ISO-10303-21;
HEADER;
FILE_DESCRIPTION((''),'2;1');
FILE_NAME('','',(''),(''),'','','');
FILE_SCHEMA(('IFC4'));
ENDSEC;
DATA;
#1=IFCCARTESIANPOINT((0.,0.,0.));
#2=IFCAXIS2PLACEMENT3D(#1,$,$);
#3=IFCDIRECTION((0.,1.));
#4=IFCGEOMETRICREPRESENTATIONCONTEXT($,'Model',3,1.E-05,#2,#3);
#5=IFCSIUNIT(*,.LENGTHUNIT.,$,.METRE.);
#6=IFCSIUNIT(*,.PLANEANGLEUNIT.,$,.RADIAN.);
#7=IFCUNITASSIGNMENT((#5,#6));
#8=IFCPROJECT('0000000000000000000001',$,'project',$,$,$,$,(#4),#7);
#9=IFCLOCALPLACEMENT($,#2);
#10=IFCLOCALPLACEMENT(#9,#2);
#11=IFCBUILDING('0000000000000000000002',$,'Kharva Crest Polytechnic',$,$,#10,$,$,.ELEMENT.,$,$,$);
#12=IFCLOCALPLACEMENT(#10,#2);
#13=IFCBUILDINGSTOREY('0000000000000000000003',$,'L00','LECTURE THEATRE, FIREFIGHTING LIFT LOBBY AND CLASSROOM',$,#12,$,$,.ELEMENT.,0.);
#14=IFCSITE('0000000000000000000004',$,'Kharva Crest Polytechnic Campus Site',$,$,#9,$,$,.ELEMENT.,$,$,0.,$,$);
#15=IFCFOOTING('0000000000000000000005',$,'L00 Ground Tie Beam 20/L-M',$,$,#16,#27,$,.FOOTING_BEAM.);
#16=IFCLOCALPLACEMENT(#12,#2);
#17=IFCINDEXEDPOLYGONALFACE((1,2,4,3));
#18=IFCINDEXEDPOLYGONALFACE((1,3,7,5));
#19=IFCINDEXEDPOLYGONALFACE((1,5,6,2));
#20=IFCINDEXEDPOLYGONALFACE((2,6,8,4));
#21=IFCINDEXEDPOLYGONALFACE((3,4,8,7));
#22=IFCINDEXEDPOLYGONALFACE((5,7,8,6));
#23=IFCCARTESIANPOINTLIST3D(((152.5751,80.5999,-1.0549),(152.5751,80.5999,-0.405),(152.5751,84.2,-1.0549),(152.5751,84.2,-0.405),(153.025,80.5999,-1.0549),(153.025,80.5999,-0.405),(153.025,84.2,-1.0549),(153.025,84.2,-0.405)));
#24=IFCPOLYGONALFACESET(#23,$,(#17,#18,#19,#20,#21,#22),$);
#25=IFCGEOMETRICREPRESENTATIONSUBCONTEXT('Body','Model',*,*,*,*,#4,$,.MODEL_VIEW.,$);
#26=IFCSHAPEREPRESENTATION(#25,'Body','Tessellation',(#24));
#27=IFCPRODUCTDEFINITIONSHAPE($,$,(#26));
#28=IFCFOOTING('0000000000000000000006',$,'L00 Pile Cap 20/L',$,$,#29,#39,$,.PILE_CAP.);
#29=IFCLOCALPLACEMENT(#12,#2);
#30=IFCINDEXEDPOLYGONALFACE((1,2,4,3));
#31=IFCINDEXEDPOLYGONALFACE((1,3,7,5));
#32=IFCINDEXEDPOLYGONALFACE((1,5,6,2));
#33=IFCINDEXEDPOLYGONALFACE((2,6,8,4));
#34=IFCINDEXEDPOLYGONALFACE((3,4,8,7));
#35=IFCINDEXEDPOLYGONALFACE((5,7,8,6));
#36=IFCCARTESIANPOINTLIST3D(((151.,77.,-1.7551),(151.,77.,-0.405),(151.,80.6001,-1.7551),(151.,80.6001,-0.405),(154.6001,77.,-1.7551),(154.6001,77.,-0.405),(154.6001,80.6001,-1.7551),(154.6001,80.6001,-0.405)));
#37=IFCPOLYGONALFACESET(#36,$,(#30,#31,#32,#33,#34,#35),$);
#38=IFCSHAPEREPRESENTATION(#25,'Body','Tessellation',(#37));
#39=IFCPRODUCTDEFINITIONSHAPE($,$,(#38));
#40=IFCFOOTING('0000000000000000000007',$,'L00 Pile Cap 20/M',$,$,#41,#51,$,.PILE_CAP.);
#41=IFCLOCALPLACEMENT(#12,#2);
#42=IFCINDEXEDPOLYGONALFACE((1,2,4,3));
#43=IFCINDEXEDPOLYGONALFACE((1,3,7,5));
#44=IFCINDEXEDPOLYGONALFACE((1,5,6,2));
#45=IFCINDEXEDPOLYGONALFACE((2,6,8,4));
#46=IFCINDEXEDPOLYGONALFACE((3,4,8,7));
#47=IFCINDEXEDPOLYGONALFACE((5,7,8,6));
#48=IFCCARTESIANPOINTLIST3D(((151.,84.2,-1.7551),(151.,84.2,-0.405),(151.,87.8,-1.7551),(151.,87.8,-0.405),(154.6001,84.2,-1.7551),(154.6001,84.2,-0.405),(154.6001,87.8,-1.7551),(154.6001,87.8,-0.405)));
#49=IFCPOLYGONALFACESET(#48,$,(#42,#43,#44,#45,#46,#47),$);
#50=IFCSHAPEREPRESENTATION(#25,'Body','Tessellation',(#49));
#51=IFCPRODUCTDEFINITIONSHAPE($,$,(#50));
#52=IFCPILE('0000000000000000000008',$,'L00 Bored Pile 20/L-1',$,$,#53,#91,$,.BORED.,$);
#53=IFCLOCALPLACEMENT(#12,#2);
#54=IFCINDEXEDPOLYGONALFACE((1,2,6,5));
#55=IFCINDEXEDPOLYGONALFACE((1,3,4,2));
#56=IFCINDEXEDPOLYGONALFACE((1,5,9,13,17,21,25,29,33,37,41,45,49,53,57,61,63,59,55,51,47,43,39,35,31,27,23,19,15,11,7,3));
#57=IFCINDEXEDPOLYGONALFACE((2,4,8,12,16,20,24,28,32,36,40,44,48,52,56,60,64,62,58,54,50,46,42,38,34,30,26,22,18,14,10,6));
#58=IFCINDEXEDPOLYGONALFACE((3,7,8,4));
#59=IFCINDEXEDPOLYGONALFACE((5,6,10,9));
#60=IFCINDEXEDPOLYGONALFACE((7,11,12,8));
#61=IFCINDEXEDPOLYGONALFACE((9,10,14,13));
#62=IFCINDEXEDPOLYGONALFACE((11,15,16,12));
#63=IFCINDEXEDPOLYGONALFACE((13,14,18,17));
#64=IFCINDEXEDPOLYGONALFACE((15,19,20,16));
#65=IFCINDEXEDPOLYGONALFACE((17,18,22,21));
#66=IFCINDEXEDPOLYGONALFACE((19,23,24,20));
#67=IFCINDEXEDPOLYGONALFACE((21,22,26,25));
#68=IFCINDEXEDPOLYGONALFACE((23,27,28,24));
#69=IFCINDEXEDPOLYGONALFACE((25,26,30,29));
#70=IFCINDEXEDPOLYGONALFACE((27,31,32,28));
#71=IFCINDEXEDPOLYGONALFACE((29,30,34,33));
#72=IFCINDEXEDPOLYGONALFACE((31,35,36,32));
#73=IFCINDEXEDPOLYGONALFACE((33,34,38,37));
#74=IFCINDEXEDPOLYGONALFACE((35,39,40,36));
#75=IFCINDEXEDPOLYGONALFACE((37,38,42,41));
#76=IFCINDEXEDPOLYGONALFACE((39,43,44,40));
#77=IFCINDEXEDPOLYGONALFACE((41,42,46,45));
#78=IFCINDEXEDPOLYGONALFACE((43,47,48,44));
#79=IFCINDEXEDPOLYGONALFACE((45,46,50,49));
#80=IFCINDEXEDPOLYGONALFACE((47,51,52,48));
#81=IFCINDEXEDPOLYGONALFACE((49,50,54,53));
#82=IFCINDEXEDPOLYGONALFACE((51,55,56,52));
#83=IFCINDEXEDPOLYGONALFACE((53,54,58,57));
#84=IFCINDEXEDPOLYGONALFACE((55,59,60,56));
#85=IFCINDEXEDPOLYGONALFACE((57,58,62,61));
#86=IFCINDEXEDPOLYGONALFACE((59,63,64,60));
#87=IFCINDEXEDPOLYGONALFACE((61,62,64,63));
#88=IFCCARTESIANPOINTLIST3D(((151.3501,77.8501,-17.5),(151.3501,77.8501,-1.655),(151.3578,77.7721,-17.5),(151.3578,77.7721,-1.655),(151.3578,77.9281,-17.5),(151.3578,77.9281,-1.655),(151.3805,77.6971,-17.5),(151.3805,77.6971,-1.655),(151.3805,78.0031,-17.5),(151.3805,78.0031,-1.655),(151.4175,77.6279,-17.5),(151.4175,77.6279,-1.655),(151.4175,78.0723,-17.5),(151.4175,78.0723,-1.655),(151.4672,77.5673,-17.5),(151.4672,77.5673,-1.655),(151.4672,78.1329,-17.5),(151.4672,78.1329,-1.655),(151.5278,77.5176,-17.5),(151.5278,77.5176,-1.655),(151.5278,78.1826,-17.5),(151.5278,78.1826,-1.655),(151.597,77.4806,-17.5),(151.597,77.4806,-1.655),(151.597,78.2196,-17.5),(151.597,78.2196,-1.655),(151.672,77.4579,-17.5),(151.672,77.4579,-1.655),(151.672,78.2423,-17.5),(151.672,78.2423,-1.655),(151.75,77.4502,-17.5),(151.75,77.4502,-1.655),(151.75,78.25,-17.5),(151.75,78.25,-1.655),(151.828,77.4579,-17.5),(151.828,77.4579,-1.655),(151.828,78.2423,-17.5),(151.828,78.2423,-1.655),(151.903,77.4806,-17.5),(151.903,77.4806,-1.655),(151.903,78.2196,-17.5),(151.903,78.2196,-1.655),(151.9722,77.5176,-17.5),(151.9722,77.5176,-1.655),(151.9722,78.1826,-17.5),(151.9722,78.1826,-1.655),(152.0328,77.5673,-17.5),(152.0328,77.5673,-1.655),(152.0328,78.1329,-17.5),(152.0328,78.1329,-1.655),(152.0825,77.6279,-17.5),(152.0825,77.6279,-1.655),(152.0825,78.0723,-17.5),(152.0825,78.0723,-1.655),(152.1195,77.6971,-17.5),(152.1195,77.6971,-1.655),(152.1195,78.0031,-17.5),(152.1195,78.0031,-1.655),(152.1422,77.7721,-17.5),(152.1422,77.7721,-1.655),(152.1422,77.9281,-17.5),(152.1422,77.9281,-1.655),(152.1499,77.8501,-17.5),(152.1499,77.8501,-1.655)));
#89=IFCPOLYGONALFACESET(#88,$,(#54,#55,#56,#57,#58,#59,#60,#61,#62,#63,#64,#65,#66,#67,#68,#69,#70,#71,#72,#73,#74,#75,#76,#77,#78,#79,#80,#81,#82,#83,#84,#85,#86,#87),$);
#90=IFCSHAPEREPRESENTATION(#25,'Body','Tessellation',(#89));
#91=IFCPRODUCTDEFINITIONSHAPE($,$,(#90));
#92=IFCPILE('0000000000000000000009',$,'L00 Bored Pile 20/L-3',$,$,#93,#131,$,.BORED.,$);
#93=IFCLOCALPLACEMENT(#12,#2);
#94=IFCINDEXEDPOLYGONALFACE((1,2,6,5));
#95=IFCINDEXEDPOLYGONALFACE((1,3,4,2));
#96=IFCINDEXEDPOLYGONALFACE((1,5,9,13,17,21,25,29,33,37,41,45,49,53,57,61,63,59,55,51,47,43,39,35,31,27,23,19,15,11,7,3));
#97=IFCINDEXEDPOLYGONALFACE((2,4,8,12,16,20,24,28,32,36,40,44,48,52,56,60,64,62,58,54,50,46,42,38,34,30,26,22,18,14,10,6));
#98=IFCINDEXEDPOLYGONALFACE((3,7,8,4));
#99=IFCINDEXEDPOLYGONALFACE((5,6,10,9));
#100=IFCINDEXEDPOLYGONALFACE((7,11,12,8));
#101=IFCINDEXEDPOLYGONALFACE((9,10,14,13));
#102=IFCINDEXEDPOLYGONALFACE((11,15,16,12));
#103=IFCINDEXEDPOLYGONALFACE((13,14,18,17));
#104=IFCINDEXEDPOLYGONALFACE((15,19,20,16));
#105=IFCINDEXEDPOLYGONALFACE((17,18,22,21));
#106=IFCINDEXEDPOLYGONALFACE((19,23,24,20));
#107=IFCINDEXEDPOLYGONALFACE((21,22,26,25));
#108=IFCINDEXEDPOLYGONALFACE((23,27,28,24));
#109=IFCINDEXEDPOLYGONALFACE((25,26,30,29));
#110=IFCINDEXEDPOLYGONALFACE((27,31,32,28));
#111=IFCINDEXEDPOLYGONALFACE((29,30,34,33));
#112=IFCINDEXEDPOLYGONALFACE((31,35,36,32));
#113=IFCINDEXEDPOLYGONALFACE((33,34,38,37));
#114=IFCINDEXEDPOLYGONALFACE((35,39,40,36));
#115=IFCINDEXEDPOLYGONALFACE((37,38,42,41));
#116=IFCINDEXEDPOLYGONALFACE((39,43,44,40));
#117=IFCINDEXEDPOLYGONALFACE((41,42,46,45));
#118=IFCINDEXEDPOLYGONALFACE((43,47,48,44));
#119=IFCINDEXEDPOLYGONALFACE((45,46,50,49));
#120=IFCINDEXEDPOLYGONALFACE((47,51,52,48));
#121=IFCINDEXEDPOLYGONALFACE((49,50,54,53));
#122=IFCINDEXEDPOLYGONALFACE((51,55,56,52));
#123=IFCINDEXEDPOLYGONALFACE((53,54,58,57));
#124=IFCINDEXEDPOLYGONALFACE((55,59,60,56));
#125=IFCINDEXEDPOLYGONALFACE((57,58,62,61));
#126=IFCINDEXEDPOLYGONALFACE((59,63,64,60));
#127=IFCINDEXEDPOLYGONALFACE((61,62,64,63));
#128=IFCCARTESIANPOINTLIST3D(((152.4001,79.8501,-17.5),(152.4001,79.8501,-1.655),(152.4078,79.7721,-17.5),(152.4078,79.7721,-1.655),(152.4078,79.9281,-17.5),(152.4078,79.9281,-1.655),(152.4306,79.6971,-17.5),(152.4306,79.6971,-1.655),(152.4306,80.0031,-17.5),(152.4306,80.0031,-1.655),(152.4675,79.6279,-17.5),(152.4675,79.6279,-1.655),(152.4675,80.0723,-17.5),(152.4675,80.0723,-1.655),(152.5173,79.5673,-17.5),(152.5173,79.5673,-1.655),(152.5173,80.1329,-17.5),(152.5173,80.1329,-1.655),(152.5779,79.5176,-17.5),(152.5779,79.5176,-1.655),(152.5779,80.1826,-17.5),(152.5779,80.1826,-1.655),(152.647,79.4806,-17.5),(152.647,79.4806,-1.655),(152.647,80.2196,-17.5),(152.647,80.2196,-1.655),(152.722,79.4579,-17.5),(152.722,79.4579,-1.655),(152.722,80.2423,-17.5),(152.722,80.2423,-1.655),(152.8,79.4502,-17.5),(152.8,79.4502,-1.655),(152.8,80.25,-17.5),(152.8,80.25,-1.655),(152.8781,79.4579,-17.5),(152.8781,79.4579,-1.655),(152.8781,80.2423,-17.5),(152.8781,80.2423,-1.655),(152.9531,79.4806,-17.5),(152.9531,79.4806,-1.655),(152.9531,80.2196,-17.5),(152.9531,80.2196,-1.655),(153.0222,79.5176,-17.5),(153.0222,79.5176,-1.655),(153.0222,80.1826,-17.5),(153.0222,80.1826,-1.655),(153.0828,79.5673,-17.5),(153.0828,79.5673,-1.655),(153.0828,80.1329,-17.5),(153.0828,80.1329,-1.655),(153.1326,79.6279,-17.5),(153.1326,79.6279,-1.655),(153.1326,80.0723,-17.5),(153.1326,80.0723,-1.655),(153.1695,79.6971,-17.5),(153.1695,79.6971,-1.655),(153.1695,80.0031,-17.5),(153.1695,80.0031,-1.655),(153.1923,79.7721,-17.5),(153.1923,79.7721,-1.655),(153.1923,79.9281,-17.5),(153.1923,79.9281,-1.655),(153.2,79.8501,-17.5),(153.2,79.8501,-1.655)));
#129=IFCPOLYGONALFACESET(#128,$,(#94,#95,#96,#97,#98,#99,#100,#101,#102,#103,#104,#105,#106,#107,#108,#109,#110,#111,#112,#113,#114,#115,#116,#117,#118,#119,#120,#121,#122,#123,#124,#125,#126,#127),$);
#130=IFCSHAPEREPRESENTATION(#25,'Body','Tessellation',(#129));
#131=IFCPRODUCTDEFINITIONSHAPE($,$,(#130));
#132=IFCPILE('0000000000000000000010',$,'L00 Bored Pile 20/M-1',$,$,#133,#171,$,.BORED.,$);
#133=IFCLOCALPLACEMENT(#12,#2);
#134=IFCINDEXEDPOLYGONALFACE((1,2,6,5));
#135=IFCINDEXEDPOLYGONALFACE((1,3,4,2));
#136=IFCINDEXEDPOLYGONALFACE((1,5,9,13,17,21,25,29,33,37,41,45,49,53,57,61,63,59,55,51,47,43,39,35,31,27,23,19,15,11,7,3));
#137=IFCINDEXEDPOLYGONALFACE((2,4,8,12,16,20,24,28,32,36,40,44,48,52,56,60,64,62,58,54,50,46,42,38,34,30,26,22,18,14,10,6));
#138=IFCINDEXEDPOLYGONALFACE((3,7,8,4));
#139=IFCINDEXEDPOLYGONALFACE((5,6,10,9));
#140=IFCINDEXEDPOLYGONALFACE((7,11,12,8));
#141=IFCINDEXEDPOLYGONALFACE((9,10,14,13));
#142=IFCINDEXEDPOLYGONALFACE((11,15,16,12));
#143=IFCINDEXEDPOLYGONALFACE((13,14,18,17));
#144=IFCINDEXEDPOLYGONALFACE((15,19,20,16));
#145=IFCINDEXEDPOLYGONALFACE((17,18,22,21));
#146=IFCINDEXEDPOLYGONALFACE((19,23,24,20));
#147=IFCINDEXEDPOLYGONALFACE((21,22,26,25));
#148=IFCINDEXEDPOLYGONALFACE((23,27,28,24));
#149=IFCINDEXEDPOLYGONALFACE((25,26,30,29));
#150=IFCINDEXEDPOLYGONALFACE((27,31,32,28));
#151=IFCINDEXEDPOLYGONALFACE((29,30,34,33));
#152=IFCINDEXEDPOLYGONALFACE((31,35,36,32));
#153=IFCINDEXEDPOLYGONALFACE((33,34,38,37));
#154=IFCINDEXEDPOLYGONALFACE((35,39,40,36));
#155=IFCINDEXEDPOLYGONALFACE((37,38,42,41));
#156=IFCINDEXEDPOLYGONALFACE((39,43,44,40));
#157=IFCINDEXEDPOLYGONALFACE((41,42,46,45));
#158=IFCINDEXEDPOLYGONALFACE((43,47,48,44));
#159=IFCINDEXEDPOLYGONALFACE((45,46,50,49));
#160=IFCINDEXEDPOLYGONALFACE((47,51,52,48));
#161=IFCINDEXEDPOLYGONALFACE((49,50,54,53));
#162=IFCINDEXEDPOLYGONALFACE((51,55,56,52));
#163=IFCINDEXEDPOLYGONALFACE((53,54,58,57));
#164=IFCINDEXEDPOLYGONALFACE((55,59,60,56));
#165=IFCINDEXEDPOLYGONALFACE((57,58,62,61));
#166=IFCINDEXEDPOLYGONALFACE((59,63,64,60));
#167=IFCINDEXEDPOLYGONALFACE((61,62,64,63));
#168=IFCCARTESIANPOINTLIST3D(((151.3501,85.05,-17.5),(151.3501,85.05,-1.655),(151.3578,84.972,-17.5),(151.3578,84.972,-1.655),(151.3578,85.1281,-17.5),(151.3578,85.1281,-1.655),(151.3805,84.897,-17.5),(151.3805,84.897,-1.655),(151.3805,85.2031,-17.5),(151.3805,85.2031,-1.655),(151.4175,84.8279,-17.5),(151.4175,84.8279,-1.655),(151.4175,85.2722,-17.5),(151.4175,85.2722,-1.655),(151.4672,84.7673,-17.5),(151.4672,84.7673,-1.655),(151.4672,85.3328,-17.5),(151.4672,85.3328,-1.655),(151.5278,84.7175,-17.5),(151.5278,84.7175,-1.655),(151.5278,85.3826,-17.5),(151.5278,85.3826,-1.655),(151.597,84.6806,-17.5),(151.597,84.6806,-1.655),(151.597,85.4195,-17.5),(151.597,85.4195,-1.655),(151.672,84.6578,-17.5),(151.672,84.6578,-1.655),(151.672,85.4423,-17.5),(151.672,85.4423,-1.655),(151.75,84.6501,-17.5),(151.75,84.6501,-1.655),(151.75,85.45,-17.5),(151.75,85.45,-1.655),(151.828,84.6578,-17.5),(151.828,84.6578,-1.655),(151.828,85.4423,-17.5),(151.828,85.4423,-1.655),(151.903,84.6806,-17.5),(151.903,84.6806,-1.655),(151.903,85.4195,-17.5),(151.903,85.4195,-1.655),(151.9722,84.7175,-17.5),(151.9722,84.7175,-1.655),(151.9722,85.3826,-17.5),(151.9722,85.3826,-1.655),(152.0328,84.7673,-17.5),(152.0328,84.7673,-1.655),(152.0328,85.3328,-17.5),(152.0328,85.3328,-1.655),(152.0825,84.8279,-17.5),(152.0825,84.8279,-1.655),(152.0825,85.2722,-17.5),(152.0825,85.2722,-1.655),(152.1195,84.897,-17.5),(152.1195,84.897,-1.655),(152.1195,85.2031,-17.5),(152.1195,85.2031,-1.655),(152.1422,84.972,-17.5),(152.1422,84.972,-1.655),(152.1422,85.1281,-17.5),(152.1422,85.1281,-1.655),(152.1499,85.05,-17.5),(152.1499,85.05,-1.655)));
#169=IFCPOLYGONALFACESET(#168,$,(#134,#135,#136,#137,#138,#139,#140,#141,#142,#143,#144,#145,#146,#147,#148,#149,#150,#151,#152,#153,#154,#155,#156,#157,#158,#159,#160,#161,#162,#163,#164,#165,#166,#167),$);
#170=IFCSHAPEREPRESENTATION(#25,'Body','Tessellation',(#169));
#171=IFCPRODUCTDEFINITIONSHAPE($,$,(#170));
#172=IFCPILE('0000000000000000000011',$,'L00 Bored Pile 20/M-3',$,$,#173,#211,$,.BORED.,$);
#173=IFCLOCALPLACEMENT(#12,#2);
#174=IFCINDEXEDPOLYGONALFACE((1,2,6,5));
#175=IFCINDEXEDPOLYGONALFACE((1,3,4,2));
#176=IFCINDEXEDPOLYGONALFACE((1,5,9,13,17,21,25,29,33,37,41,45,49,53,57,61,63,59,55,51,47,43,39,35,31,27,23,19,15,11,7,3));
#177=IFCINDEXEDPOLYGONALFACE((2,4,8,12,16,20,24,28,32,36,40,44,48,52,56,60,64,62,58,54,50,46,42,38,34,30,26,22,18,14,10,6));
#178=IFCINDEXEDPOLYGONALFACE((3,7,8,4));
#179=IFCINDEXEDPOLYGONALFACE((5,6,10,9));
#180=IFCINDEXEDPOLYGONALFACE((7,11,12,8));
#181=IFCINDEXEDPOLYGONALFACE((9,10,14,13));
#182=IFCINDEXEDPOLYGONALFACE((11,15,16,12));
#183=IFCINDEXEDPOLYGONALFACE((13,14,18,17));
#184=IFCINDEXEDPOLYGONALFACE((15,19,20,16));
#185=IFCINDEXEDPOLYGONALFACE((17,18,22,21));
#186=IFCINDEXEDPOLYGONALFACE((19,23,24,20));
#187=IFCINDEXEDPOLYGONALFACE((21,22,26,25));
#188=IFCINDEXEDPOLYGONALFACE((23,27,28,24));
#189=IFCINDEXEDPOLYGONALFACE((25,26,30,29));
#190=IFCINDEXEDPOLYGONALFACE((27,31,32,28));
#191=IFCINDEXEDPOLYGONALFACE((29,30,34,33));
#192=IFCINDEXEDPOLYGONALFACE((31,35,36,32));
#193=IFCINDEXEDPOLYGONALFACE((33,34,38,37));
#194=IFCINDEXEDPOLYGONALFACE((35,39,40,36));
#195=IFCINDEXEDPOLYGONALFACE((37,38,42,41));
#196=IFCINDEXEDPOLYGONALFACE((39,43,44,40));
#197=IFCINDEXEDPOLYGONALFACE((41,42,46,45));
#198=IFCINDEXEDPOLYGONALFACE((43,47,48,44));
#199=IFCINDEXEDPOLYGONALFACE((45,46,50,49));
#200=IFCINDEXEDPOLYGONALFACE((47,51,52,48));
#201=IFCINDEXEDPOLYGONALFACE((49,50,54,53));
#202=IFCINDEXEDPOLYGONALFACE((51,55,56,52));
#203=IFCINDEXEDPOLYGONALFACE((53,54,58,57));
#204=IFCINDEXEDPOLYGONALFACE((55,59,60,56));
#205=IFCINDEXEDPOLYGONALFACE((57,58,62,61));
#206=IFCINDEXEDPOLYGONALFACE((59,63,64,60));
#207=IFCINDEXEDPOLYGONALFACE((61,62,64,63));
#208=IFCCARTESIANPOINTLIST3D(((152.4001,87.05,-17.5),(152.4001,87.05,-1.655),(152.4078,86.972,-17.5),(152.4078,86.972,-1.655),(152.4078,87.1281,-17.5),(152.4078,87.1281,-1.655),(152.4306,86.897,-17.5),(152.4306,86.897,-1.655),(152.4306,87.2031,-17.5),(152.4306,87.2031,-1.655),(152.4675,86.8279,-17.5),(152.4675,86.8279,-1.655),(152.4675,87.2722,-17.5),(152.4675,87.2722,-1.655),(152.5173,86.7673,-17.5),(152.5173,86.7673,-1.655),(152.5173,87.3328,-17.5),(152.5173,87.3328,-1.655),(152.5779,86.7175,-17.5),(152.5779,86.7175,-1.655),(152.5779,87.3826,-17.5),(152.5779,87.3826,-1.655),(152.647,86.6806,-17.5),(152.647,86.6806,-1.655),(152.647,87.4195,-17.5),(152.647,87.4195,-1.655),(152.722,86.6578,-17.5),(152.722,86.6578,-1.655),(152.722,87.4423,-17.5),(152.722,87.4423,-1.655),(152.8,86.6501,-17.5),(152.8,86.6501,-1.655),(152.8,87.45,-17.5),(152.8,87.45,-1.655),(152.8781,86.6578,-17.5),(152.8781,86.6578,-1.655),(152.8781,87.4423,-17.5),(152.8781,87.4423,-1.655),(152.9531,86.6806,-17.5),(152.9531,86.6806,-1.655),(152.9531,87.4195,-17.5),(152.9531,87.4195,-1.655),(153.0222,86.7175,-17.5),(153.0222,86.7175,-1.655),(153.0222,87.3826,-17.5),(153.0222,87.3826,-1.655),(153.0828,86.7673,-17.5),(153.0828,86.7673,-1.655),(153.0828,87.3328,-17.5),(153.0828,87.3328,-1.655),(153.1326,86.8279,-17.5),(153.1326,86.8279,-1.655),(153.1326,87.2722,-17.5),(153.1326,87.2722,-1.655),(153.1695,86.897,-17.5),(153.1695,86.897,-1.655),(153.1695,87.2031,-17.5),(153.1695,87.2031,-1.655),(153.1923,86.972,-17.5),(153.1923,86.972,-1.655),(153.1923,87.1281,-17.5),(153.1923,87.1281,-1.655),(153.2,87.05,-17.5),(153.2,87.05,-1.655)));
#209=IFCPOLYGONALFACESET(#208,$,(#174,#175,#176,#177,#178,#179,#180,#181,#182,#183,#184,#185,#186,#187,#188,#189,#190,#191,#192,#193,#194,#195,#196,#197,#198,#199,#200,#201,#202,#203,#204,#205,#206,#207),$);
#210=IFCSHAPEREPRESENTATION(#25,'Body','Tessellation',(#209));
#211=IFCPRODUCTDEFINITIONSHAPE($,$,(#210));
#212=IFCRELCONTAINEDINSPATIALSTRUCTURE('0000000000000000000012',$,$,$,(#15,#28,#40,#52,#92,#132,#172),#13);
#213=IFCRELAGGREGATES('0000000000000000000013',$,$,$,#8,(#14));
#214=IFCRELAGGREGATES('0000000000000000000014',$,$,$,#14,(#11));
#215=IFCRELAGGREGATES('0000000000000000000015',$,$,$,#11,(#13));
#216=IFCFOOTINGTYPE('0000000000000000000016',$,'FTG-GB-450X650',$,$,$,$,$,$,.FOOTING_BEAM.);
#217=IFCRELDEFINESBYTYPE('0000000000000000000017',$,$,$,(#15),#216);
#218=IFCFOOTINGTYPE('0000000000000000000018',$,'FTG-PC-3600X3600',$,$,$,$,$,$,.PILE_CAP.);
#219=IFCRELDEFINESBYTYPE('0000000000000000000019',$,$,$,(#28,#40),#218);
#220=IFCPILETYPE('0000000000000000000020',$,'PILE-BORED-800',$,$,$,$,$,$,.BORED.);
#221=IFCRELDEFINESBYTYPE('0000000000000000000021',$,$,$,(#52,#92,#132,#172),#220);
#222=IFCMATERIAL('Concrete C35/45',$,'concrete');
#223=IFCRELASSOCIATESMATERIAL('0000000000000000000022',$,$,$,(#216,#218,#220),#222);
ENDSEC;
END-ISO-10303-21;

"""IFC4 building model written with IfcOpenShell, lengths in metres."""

from ifc_helpers import new_model, si_unit, direction, frame, origin, origin_2d, place, context, subcontext, project, spatial, rectangle, circle, extrude, material, material_profile, profile_set, type_object, element, save


model = new_model("IFC4")

# Units and contexts
model_context = context("Model", 3, precision=1e-05, world=origin(), true_north=direction((0.0, 1.0)))
body_context = subcontext(model_context, "Body", "Model", "MODEL_VIEW")
ifc_project = project(units=[si_unit("LENGTHUNIT", "METRE"), si_unit("PLANEANGLEUNIT", "RADIAN")], contexts=[model_context])

# Site, building, storey
site_placement = place(None, origin())
site = spatial("IfcSite", under=ifc_project, at=site_placement, Name="Kharva Crest Polytechnic Campus Site", CompositionType="ELEMENT", RefElevation=0.0)
building_placement = place(site_placement, origin())
building = spatial("IfcBuilding", under=site, at=building_placement, Name="Kharva Crest Polytechnic", CompositionType="ELEMENT")
storey_placement = place(building_placement, origin())
storey = spatial("IfcBuildingStorey", under=building, at=storey_placement, Name="L00", Description="LECTURE THEATRE, FIREFIGHTING LIFT LOBBY AND CLASSROOM", CompositionType="ELEMENT", Elevation=0.0)

# Footings
ifc_material_1 = material(Name="Concrete C35/45", Category="concrete")
footing_type_1 = type_object("IfcFootingType", Name="FTG-GB-450X650", PredefinedType="FOOTING_BEAM", material=ifc_material_1)
footing_placement = place(storey_placement, frame((152.8, 82.3999, -1.0549), z_axis=(0.0, 0.0, 1.0), x_axis=(0.0, 1.0, 0.0)))
element("IfcFooting", 1, at=footing_placement, inside=storey, type_object=footing_type_1, Name="L00 Ground Tie Beam 20/L-M", PredefinedType="FOOTING_BEAM", context=body_context, shape_type="SweptSolid", body=[
    extrude(rectangle(XDim=3.6001, YDim=0.45, at=origin_2d()), origin(), (0.0, 0.0, 1.0), 0.6499),
])
footing_type_2 = type_object("IfcFootingType", Name="FTG-PC-3600X3600", PredefinedType="PILE_CAP", material=ifc_material_1)
for number, where, z_axis, x_axis, name in (
    (2, (152.8, 78.8, -1.7551), (0.0, 0.0, 1.0), (1.0, 0.0, 0.0), "L00 Pile Cap 20/L"),
    (3, (152.8, 86.0, -1.7551), (0.0, 0.0, 1.0), (1.0, 0.0, 0.0), "L00 Pile Cap 20/M"),
):
    element("IfcFooting", number, at=place(storey_placement, frame(where, z_axis=z_axis, x_axis=x_axis)), inside=storey, type_object=footing_type_2, Name=name, PredefinedType="PILE_CAP", context=body_context, shape_type="SweptSolid", body=[
        extrude(rectangle(XDim=3.6001, YDim=3.6001, at=origin_2d()), origin(), (0.0, 0.0, 1.0), 1.3501),
    ])

# Piles
ifc_material_profile_1 = material_profile(ifc_material_1, circle(Radius=0.3999, at=origin_2d()), Name="DIA 800")
ifc_profile_set_1 = profile_set([ifc_material_profile_1], Name="Concrete C35/45")
pile_type = type_object("IfcPileType", Name="PILE-BORED-800", PredefinedType="BORED", material=ifc_profile_set_1)
for number, where, z_axis, x_axis, name in (
    (4, (151.75, 77.8501, -1.655), (0.0, 0.0, -1.0), (1.0, 0.0, 0.0), "L00 Bored Pile 20/L-1"),
    (5, (152.8, 79.8501, -1.655), (0.0, 0.0, -1.0), (1.0, 0.0, 0.0), "L00 Bored Pile 20/L-3"),
    (6, (151.75, 85.05, -1.655), (0.0, 0.0, -1.0), (1.0, 0.0, 0.0), "L00 Bored Pile 20/M-1"),
    (7, (152.8, 87.05, -1.655), (0.0, 0.0, -1.0), (1.0, 0.0, 0.0), "L00 Bored Pile 20/M-3"),
):
    element("IfcPile", number, at=place(storey_placement, frame(where, z_axis=z_axis, x_axis=x_axis)), inside=storey, type_object=pile_type, Name=name, PredefinedType="BORED", context=body_context, shape_type="SweptSolid", body=[
        extrude(circle(Radius=0.3999, at=origin_2d()), origin(), (0.0, 0.0, 1.0), 15.845),
    ])

save(model, "model.ifc")
